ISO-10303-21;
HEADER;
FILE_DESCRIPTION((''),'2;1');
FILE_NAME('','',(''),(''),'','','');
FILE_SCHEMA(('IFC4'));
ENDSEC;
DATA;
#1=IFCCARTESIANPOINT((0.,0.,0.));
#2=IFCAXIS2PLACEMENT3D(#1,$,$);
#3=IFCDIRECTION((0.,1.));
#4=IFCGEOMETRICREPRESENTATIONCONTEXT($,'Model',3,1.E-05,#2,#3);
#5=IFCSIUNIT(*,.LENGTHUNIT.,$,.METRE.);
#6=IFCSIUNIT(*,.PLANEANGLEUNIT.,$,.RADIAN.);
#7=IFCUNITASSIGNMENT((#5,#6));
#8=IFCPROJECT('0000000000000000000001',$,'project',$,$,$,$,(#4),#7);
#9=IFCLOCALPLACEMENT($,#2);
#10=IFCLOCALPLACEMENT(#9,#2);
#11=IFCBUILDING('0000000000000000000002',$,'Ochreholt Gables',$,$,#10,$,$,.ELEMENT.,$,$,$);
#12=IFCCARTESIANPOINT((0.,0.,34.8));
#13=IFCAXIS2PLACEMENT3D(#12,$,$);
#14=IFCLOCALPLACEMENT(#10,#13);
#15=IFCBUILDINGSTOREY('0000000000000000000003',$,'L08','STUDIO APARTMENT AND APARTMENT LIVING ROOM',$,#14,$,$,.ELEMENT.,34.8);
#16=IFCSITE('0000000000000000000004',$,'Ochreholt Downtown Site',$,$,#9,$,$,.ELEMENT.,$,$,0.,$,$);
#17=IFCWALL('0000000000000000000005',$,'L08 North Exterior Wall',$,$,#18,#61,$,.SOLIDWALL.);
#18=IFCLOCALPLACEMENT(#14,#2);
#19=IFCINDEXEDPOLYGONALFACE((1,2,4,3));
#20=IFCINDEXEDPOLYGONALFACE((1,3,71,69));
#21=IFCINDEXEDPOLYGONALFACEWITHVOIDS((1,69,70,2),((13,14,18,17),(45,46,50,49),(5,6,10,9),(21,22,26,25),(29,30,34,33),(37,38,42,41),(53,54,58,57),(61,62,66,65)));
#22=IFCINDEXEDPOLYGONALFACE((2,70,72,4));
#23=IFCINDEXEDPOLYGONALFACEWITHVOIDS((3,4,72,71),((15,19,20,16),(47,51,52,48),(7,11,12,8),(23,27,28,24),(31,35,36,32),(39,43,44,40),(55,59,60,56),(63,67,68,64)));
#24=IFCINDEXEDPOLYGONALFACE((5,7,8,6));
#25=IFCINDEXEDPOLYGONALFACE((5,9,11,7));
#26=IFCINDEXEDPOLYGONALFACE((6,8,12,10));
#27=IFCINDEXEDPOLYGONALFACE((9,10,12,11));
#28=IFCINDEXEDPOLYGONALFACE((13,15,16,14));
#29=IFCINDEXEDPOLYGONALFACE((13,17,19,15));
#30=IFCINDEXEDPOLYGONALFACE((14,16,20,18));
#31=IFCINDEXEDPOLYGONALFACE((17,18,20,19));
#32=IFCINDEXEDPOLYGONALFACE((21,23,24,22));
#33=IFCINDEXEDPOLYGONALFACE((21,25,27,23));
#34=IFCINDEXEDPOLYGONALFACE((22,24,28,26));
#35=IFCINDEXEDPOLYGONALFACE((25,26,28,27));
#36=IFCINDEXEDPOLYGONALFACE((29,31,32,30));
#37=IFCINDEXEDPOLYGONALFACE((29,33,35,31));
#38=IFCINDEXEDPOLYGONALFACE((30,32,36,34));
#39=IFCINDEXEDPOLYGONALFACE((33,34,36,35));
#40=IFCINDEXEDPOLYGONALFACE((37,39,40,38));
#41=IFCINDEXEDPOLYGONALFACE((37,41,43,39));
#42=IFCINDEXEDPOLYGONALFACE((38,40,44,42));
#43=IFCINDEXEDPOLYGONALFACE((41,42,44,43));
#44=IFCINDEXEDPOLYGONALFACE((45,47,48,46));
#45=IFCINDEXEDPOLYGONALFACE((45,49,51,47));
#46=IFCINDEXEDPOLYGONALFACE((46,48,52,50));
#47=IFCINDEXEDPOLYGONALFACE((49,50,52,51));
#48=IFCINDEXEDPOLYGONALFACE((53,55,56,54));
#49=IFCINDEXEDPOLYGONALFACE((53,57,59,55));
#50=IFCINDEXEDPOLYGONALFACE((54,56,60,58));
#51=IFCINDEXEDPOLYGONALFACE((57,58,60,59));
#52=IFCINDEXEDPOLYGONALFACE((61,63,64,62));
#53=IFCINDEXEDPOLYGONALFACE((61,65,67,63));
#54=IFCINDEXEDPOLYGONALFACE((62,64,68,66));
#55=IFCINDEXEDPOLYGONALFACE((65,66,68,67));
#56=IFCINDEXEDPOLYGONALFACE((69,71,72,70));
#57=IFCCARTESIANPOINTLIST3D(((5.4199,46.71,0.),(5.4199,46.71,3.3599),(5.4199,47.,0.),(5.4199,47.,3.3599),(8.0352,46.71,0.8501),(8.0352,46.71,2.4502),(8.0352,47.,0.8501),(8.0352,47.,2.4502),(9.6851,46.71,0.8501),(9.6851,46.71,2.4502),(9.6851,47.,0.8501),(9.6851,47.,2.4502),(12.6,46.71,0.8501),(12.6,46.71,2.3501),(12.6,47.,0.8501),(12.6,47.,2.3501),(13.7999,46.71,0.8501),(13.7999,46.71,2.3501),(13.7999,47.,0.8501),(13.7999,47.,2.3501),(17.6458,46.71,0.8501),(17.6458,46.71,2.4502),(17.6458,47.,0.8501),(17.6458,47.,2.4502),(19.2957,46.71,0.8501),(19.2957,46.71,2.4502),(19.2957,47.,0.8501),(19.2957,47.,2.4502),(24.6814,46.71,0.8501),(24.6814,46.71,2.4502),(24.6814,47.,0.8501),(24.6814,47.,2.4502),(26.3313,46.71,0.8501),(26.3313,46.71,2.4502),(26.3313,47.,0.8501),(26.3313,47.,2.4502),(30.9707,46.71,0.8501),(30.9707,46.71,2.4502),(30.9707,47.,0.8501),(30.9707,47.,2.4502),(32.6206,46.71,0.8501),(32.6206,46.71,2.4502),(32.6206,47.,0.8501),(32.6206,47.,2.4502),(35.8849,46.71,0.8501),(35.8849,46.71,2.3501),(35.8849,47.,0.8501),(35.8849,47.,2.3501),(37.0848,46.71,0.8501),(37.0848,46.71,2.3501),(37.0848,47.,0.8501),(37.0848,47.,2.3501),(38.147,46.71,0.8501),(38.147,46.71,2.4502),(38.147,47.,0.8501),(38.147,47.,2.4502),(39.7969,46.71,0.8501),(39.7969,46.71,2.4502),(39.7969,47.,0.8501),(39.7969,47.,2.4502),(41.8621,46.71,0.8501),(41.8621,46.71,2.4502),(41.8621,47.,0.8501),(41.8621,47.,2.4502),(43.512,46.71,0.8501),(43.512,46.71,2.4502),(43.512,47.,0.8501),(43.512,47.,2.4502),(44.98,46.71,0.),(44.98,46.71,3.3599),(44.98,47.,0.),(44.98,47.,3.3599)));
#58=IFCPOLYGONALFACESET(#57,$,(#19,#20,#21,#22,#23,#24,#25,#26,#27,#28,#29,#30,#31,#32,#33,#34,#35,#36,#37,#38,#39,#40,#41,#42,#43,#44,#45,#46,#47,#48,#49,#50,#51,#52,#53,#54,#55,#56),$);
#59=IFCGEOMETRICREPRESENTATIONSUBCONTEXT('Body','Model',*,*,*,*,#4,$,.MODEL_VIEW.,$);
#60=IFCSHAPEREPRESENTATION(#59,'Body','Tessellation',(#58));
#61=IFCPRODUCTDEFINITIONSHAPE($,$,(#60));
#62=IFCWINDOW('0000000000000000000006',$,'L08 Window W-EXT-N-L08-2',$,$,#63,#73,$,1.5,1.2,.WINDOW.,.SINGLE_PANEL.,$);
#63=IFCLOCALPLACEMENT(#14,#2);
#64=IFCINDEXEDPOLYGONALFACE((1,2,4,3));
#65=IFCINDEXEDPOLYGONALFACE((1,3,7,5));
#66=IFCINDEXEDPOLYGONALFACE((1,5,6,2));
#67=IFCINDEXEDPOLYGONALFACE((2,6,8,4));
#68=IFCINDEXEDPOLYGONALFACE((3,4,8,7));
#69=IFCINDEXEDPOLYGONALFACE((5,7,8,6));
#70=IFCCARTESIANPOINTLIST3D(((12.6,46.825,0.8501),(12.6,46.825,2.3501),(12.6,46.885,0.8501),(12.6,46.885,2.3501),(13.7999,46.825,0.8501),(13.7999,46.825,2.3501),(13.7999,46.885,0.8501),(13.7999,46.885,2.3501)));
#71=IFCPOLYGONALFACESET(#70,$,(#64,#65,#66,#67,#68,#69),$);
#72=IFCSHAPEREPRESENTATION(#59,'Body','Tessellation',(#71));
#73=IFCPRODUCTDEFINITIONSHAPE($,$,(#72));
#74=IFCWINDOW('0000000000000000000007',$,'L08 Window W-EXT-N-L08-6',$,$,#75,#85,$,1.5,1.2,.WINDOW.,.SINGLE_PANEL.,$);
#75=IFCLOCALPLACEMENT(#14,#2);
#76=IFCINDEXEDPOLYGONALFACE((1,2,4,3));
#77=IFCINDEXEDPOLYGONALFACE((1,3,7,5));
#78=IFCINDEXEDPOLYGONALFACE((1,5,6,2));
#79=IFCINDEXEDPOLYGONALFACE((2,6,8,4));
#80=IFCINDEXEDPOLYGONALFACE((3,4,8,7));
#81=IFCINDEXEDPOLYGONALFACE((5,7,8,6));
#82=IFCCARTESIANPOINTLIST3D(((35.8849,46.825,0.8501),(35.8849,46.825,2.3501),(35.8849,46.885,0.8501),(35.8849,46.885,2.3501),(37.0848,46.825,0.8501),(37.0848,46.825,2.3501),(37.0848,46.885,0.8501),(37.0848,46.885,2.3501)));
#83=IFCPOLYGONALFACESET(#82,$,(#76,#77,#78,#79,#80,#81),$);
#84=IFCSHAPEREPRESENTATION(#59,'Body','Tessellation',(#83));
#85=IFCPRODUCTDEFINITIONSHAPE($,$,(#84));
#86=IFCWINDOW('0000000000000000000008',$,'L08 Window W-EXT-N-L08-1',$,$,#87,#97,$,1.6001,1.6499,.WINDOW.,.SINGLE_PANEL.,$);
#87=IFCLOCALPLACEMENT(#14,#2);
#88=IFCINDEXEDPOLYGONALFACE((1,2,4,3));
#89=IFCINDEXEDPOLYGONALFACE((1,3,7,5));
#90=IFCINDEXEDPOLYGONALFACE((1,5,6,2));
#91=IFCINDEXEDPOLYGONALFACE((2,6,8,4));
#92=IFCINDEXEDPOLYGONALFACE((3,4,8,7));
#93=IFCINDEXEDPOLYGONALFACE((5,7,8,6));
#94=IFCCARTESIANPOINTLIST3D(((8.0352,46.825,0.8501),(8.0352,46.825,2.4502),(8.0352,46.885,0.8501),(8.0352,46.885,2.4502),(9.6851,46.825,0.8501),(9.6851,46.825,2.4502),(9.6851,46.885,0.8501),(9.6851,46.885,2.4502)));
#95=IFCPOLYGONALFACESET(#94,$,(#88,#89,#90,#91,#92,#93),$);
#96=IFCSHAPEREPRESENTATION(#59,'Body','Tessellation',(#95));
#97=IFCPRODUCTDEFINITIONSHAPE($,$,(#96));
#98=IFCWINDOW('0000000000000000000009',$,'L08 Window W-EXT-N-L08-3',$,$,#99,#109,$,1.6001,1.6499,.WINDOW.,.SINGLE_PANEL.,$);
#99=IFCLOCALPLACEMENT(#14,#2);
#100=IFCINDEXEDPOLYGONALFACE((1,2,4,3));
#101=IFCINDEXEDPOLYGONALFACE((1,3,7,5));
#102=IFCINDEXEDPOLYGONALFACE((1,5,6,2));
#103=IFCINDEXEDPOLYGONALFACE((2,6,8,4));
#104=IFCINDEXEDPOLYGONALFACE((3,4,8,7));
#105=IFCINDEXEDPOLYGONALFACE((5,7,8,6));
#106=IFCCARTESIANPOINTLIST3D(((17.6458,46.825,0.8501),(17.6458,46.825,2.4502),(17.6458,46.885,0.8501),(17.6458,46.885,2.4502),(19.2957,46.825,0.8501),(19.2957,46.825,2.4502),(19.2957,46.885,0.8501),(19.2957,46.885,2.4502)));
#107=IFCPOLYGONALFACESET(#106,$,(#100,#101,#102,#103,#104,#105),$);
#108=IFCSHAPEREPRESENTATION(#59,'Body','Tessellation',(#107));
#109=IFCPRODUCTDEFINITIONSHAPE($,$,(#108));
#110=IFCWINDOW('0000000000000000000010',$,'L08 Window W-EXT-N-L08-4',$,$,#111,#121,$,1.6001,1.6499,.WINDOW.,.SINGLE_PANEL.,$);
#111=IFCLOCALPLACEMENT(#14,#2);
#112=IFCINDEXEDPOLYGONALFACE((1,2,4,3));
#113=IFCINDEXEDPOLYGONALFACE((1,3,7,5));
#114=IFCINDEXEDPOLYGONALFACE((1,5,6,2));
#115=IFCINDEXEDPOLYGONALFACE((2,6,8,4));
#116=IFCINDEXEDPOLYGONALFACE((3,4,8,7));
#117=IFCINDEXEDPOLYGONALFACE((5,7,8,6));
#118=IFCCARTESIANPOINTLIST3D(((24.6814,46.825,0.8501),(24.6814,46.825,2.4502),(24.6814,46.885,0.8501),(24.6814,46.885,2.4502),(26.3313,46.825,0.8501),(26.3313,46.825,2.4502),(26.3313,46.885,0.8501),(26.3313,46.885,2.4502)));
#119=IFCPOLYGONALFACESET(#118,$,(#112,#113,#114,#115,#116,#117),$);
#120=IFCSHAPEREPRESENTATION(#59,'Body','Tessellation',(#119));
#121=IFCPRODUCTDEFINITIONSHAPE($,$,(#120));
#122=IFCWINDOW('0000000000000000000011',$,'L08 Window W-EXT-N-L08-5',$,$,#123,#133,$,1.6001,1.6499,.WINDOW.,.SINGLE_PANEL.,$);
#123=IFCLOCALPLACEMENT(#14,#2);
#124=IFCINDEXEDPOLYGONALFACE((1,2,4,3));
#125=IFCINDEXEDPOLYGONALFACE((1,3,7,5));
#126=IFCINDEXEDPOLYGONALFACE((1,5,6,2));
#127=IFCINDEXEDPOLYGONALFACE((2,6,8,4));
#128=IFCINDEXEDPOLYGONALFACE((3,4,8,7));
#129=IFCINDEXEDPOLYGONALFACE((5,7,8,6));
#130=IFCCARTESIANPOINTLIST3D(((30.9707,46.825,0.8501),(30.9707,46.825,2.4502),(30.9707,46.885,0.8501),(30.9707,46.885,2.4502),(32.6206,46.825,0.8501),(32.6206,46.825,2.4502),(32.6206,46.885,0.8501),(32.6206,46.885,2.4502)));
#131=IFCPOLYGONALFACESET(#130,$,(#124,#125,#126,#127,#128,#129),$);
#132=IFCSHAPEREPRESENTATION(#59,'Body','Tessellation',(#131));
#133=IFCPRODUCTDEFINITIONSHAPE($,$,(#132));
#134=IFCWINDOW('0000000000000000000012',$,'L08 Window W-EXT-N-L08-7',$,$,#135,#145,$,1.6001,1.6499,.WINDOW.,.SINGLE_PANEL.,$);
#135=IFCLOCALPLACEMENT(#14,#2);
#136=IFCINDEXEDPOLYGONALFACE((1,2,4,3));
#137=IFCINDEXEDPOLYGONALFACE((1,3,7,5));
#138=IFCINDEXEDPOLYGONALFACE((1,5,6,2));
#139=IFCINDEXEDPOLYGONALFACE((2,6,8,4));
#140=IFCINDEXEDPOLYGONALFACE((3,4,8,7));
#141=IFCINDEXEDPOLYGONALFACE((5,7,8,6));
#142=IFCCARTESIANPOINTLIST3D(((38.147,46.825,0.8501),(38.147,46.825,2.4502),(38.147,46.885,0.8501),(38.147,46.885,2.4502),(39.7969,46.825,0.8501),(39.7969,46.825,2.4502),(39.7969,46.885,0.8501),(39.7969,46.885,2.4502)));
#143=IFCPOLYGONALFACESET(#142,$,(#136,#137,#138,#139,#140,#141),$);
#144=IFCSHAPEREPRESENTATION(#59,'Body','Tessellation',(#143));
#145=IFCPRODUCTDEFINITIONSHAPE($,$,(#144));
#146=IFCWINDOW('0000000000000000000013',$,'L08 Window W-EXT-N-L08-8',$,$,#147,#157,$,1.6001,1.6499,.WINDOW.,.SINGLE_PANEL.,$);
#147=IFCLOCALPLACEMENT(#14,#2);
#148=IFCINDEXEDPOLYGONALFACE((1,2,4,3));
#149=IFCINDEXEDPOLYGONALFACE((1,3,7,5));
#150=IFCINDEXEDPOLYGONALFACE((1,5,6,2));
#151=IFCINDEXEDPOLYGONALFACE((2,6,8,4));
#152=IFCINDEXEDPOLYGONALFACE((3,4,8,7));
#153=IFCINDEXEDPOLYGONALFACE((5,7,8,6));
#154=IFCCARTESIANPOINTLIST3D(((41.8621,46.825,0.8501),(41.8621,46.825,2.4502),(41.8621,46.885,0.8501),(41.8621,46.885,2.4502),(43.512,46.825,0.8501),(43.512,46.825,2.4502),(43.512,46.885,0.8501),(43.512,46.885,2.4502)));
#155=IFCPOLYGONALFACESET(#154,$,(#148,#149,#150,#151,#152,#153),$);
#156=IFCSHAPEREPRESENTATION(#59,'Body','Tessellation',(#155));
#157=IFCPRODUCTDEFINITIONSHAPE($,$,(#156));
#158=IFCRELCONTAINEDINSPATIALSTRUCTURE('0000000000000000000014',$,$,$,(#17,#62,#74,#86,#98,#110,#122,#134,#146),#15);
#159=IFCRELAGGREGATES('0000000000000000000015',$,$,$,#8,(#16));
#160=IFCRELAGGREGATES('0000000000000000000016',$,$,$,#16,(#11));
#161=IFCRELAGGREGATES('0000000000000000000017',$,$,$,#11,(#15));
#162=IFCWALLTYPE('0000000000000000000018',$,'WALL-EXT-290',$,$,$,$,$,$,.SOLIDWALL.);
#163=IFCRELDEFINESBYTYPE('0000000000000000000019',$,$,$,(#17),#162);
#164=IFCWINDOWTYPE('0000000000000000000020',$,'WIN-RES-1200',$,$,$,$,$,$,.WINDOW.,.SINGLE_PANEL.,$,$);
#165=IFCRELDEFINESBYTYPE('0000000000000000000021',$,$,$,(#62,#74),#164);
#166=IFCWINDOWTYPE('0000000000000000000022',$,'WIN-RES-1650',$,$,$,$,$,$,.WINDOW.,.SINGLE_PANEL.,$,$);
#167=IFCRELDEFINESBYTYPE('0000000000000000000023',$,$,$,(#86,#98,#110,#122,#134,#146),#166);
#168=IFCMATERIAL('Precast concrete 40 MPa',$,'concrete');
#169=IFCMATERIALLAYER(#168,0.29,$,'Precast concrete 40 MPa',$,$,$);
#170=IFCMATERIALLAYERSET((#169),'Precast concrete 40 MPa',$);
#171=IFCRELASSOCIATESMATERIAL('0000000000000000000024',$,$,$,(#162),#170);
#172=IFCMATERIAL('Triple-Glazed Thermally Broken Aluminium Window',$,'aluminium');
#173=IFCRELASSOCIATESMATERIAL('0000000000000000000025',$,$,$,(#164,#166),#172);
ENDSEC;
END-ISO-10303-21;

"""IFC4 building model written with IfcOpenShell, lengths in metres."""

from ifc_helpers import new_model, si_unit, direction, frame, frame_2d, origin, place, context, subcontext, project, spatial, rectangle, extrude, material, layer, layer_set, type_object, element, fill, save


model = new_model("IFC4")

# Units and contexts
model_context = context("Model", 3, precision=1e-05, world=origin(), true_north=direction((0.0, 1.0)))
body_context = subcontext(model_context, "Body", "Model", "MODEL_VIEW")
ifc_project = project(units=[si_unit("LENGTHUNIT", "METRE"), si_unit("PLANEANGLEUNIT", "RADIAN")], contexts=[model_context])

# Site, building, storey
site_placement = place(None, origin())
site = spatial("IfcSite", under=ifc_project, at=site_placement, Name="Ochreholt Downtown Site", CompositionType="ELEMENT", RefElevation=0.0)
building_placement = place(site_placement, origin())
building = spatial("IfcBuilding", under=site, at=building_placement, Name="Ochreholt Gables", CompositionType="ELEMENT")
storey_placement = place(building_placement, frame((0.0, 0.0, 34.8)))
storey = spatial("IfcBuildingStorey", under=building, at=storey_placement, Name="L08", Description="STUDIO APARTMENT AND APARTMENT LIVING ROOM", CompositionType="ELEMENT", Elevation=34.8)

# Wall, openings, windows
ifc_material_1 = material(Name="Precast concrete 40 MPa", Category="concrete")
ifc_layer_1 = layer(ifc_material_1, 0.29, Name="Precast concrete 40 MPa")
ifc_layer_set_1 = layer_set([ifc_layer_1], Name="Precast concrete 40 MPa")
wall_type_1 = type_object("IfcWallType", Name="WALL-EXT-290", PredefinedType="SOLIDWALL", material=ifc_layer_set_1)
wall_1_placement = place(storey_placement, frame((44.98, 46.855, 0.0), z_axis=(0.0, 0.0, 1.0), x_axis=(-1.0, 0.0, 0.0)))
wall_1 = element("IfcWall", 1, at=wall_1_placement, inside=storey, type_object=wall_type_1, Name="L08 North Exterior Wall", PredefinedType="SOLIDWALL", context=body_context, shape_type="SweptSolid", body=[
    extrude(rectangle(XDim=39.5601, YDim=0.29, at=frame_2d((19.78, 0.0))), origin(), (0.0, 0.0, 1.0), 3.3599),
])
opening_1_placement = place(wall_1_placement, frame((35.2949, 0.0, 0.8501)))
opening_1 = element("IfcOpeningElement", 2, at=opening_1_placement, cuts=wall_1, PredefinedType="OPENING", context=body_context, shape_type="SweptSolid", body=[
    extrude(rectangle(XDim=1.6499, YDim=1.6001, at=frame_2d((0.825, 0.8))), frame((0.0, 0.155, 0.0), z_axis=(0.0, -1.0, 0.0), x_axis=(1.0, 0.0, 0.0)), (0.0, 0.0, 1.0), 0.3101),
])
opening_2_placement = place(wall_1_placement, frame((31.1799, 0.0, 0.8501)))
opening_2 = element("IfcOpeningElement", 3, at=opening_2_placement, cuts=wall_1, PredefinedType="OPENING", context=body_context, shape_type="SweptSolid", body=[
    extrude(rectangle(XDim=1.2, YDim=1.5, at=frame_2d((0.6001, 0.75))), frame((0.0, 0.155, 0.0), z_axis=(0.0, -1.0, 0.0), x_axis=(1.0, 0.0, 0.0)), (0.0, 0.0, 1.0), 0.3101),
])
opening_3_placement = place(wall_1_placement, frame((25.6843, 0.0, 0.8501)))
opening_3 = element("IfcOpeningElement", 4, at=opening_3_placement, cuts=wall_1, PredefinedType="OPENING", context=body_context, shape_type="SweptSolid", body=[
    extrude(rectangle(XDim=1.6499, YDim=1.6001, at=frame_2d((0.825, 0.8))), frame((0.0, 0.155, 0.0), z_axis=(0.0, -1.0, 0.0), x_axis=(1.0, 0.0, 0.0)), (0.0, 0.0, 1.0), 0.3101),
])
opening_4_placement = place(wall_1_placement, frame((18.6487, 0.0, 0.8501)))
opening_4 = element("IfcOpeningElement", 5, at=opening_4_placement, cuts=wall_1, PredefinedType="OPENING", context=body_context, shape_type="SweptSolid", body=[
    extrude(rectangle(XDim=1.6499, YDim=1.6001, at=frame_2d((0.825, 0.8))), frame((0.0, 0.155, 0.0), z_axis=(0.0, -1.0, 0.0), x_axis=(1.0, 0.0, 0.0)), (0.0, 0.0, 1.0), 0.3101),
])
opening_5_placement = place(wall_1_placement, frame((12.3594, 0.0, 0.8501)))
opening_5 = element("IfcOpeningElement", 6, at=opening_5_placement, cuts=wall_1, PredefinedType="OPENING", context=body_context, shape_type="SweptSolid", body=[
    extrude(rectangle(XDim=1.6499, YDim=1.6001, at=frame_2d((0.825, 0.8))), frame((0.0, 0.155, 0.0), z_axis=(0.0, -1.0, 0.0), x_axis=(1.0, 0.0, 0.0)), (0.0, 0.0, 1.0), 0.3101),
])
opening_6_placement = place(wall_1_placement, frame((7.895, 0.0, 0.8501)))
opening_6 = element("IfcOpeningElement", 7, at=opening_6_placement, cuts=wall_1, PredefinedType="OPENING", context=body_context, shape_type="SweptSolid", body=[
    extrude(rectangle(XDim=1.2, YDim=1.5, at=frame_2d((0.6001, 0.75))), frame((0.0, 0.155, 0.0), z_axis=(0.0, -1.0, 0.0), x_axis=(1.0, 0.0, 0.0)), (0.0, 0.0, 1.0), 0.3101),
])
opening_7_placement = place(wall_1_placement, frame((5.1831, 0.0, 0.8501)))
opening_7 = element("IfcOpeningElement", 8, at=opening_7_placement, cuts=wall_1, PredefinedType="OPENING", context=body_context, shape_type="SweptSolid", body=[
    extrude(rectangle(XDim=1.6499, YDim=1.6001, at=frame_2d((0.825, 0.8))), frame((0.0, 0.155, 0.0), z_axis=(0.0, -1.0, 0.0), x_axis=(1.0, 0.0, 0.0)), (0.0, 0.0, 1.0), 0.3101),
])
opening_8_placement = place(wall_1_placement, frame((1.468, 0.0, 0.8501)))
opening_8 = element("IfcOpeningElement", 9, at=opening_8_placement, cuts=wall_1, PredefinedType="OPENING", context=body_context, shape_type="SweptSolid", body=[
    extrude(rectangle(XDim=1.6499, YDim=1.6001, at=frame_2d((0.825, 0.8))), frame((0.0, 0.155, 0.0), z_axis=(0.0, -1.0, 0.0), x_axis=(1.0, 0.0, 0.0)), (0.0, 0.0, 1.0), 0.3101),
])
ifc_material_2 = material(Name="Triple-Glazed Thermally Broken Aluminium Window", Category="aluminium")
window_type_1 = type_object("IfcWindowType", Name="WIN-RES-1200", PartitioningType="SINGLE_PANEL", PredefinedType="WINDOW", material=ifc_material_2)
window_1_placement = place(opening_2_placement, origin())
window_1 = element("IfcWindow", 10, at=window_1_placement, inside=storey, type_object=window_type_1, Name="L08 Window W-EXT-N-L08-2", OverallHeight=1.5, OverallWidth=1.2, PartitioningType="SINGLE_PANEL", PredefinedType="WINDOW", context=body_context, shape_type="SweptSolid", body=[
    extrude(rectangle(XDim=1.2, YDim=1.5, at=frame_2d((0.6001, 0.75))), frame((0.0, 0.03, 0.0), z_axis=(0.0, -1.0, 0.0), x_axis=(1.0, 0.0, 0.0)), (0.0, 0.0, 1.0), 0.0601),
])
fill(opening_2, window_1)
window_2_placement = place(opening_6_placement, origin())
window_2 = element("IfcWindow", 11, at=window_2_placement, inside=storey, type_object=window_type_1, Name="L08 Window W-EXT-N-L08-6", OverallHeight=1.5, OverallWidth=1.2, PartitioningType="SINGLE_PANEL", PredefinedType="WINDOW", context=body_context, shape_type="SweptSolid", body=[
    extrude(rectangle(XDim=1.2, YDim=1.5, at=frame_2d((0.6001, 0.75))), frame((0.0, 0.03, 0.0), z_axis=(0.0, -1.0, 0.0), x_axis=(1.0, 0.0, 0.0)), (0.0, 0.0, 1.0), 0.0601),
])
fill(opening_6, window_2)
window_type_2 = type_object("IfcWindowType", Name="WIN-RES-1650", PartitioningType="SINGLE_PANEL", PredefinedType="WINDOW", material=ifc_material_2)
window_3_placement = place(opening_1_placement, origin())
window_3 = element("IfcWindow", 12, at=window_3_placement, inside=storey, type_object=window_type_2, Name="L08 Window W-EXT-N-L08-1", OverallHeight=1.6001, OverallWidth=1.6499, PartitioningType="SINGLE_PANEL", PredefinedType="WINDOW", context=body_context, shape_type="SweptSolid", body=[
    extrude(rectangle(XDim=1.6499, YDim=1.6001, at=frame_2d((0.825, 0.8))), frame((0.0, 0.03, 0.0), z_axis=(0.0, -1.0, 0.0), x_axis=(1.0, 0.0, 0.0)), (0.0, 0.0, 1.0), 0.0601),
])
fill(opening_1, window_3)
window_4_placement = place(opening_3_placement, origin())
window_4 = element("IfcWindow", 13, at=window_4_placement, inside=storey, type_object=window_type_2, Name="L08 Window W-EXT-N-L08-3", OverallHeight=1.6001, OverallWidth=1.6499, PartitioningType="SINGLE_PANEL", PredefinedType="WINDOW", context=body_context, shape_type="SweptSolid", body=[
    extrude(rectangle(XDim=1.6499, YDim=1.6001, at=frame_2d((0.825, 0.8))), frame((0.0, 0.03, 0.0), z_axis=(0.0, -1.0, 0.0), x_axis=(1.0, 0.0, 0.0)), (0.0, 0.0, 1.0), 0.0601),
])
fill(opening_3, window_4)
window_5_placement = place(opening_4_placement, origin())
window_5 = element("IfcWindow", 14, at=window_5_placement, inside=storey, type_object=window_type_2, Name="L08 Window W-EXT-N-L08-4", OverallHeight=1.6001, OverallWidth=1.6499, PartitioningType="SINGLE_PANEL", PredefinedType="WINDOW", context=body_context, shape_type="SweptSolid", body=[
    extrude(rectangle(XDim=1.6499, YDim=1.6001, at=frame_2d((0.825, 0.8))), frame((0.0, 0.03, 0.0), z_axis=(0.0, -1.0, 0.0), x_axis=(1.0, 0.0, 0.0)), (0.0, 0.0, 1.0), 0.0601),
])
fill(opening_4, window_5)
window_6_placement = place(opening_5_placement, origin())
window_6 = element("IfcWindow", 15, at=window_6_placement, inside=storey, type_object=window_type_2, Name="L08 Window W-EXT-N-L08-5", OverallHeight=1.6001, OverallWidth=1.6499, PartitioningType="SINGLE_PANEL", PredefinedType="WINDOW", context=body_context, shape_type="SweptSolid", body=[
    extrude(rectangle(XDim=1.6499, YDim=1.6001, at=frame_2d((0.825, 0.8))), frame((0.0, 0.03, 0.0), z_axis=(0.0, -1.0, 0.0), x_axis=(1.0, 0.0, 0.0)), (0.0, 0.0, 1.0), 0.0601),
])
fill(opening_5, window_6)
window_7_placement = place(opening_7_placement, origin())
window_7 = element("IfcWindow", 16, at=window_7_placement, inside=storey, type_object=window_type_2, Name="L08 Window W-EXT-N-L08-7", OverallHeight=1.6001, OverallWidth=1.6499, PartitioningType="SINGLE_PANEL", PredefinedType="WINDOW", context=body_context, shape_type="SweptSolid", body=[
    extrude(rectangle(XDim=1.6499, YDim=1.6001, at=frame_2d((0.825, 0.8))), frame((0.0, 0.03, 0.0), z_axis=(0.0, -1.0, 0.0), x_axis=(1.0, 0.0, 0.0)), (0.0, 0.0, 1.0), 0.0601),
])
fill(opening_7, window_7)
window_8_placement = place(opening_8_placement, origin())
window_8 = element("IfcWindow", 17, at=window_8_placement, inside=storey, type_object=window_type_2, Name="L08 Window W-EXT-N-L08-8", OverallHeight=1.6001, OverallWidth=1.6499, PartitioningType="SINGLE_PANEL", PredefinedType="WINDOW", context=body_context, shape_type="SweptSolid", body=[
    extrude(rectangle(XDim=1.6499, YDim=1.6001, at=frame_2d((0.825, 0.8))), frame((0.0, 0.03, 0.0), z_axis=(0.0, -1.0, 0.0), x_axis=(1.0, 0.0, 0.0)), (0.0, 0.0, 1.0), 0.0601),
])
fill(opening_8, window_8)

save(model, "model.ifc")
